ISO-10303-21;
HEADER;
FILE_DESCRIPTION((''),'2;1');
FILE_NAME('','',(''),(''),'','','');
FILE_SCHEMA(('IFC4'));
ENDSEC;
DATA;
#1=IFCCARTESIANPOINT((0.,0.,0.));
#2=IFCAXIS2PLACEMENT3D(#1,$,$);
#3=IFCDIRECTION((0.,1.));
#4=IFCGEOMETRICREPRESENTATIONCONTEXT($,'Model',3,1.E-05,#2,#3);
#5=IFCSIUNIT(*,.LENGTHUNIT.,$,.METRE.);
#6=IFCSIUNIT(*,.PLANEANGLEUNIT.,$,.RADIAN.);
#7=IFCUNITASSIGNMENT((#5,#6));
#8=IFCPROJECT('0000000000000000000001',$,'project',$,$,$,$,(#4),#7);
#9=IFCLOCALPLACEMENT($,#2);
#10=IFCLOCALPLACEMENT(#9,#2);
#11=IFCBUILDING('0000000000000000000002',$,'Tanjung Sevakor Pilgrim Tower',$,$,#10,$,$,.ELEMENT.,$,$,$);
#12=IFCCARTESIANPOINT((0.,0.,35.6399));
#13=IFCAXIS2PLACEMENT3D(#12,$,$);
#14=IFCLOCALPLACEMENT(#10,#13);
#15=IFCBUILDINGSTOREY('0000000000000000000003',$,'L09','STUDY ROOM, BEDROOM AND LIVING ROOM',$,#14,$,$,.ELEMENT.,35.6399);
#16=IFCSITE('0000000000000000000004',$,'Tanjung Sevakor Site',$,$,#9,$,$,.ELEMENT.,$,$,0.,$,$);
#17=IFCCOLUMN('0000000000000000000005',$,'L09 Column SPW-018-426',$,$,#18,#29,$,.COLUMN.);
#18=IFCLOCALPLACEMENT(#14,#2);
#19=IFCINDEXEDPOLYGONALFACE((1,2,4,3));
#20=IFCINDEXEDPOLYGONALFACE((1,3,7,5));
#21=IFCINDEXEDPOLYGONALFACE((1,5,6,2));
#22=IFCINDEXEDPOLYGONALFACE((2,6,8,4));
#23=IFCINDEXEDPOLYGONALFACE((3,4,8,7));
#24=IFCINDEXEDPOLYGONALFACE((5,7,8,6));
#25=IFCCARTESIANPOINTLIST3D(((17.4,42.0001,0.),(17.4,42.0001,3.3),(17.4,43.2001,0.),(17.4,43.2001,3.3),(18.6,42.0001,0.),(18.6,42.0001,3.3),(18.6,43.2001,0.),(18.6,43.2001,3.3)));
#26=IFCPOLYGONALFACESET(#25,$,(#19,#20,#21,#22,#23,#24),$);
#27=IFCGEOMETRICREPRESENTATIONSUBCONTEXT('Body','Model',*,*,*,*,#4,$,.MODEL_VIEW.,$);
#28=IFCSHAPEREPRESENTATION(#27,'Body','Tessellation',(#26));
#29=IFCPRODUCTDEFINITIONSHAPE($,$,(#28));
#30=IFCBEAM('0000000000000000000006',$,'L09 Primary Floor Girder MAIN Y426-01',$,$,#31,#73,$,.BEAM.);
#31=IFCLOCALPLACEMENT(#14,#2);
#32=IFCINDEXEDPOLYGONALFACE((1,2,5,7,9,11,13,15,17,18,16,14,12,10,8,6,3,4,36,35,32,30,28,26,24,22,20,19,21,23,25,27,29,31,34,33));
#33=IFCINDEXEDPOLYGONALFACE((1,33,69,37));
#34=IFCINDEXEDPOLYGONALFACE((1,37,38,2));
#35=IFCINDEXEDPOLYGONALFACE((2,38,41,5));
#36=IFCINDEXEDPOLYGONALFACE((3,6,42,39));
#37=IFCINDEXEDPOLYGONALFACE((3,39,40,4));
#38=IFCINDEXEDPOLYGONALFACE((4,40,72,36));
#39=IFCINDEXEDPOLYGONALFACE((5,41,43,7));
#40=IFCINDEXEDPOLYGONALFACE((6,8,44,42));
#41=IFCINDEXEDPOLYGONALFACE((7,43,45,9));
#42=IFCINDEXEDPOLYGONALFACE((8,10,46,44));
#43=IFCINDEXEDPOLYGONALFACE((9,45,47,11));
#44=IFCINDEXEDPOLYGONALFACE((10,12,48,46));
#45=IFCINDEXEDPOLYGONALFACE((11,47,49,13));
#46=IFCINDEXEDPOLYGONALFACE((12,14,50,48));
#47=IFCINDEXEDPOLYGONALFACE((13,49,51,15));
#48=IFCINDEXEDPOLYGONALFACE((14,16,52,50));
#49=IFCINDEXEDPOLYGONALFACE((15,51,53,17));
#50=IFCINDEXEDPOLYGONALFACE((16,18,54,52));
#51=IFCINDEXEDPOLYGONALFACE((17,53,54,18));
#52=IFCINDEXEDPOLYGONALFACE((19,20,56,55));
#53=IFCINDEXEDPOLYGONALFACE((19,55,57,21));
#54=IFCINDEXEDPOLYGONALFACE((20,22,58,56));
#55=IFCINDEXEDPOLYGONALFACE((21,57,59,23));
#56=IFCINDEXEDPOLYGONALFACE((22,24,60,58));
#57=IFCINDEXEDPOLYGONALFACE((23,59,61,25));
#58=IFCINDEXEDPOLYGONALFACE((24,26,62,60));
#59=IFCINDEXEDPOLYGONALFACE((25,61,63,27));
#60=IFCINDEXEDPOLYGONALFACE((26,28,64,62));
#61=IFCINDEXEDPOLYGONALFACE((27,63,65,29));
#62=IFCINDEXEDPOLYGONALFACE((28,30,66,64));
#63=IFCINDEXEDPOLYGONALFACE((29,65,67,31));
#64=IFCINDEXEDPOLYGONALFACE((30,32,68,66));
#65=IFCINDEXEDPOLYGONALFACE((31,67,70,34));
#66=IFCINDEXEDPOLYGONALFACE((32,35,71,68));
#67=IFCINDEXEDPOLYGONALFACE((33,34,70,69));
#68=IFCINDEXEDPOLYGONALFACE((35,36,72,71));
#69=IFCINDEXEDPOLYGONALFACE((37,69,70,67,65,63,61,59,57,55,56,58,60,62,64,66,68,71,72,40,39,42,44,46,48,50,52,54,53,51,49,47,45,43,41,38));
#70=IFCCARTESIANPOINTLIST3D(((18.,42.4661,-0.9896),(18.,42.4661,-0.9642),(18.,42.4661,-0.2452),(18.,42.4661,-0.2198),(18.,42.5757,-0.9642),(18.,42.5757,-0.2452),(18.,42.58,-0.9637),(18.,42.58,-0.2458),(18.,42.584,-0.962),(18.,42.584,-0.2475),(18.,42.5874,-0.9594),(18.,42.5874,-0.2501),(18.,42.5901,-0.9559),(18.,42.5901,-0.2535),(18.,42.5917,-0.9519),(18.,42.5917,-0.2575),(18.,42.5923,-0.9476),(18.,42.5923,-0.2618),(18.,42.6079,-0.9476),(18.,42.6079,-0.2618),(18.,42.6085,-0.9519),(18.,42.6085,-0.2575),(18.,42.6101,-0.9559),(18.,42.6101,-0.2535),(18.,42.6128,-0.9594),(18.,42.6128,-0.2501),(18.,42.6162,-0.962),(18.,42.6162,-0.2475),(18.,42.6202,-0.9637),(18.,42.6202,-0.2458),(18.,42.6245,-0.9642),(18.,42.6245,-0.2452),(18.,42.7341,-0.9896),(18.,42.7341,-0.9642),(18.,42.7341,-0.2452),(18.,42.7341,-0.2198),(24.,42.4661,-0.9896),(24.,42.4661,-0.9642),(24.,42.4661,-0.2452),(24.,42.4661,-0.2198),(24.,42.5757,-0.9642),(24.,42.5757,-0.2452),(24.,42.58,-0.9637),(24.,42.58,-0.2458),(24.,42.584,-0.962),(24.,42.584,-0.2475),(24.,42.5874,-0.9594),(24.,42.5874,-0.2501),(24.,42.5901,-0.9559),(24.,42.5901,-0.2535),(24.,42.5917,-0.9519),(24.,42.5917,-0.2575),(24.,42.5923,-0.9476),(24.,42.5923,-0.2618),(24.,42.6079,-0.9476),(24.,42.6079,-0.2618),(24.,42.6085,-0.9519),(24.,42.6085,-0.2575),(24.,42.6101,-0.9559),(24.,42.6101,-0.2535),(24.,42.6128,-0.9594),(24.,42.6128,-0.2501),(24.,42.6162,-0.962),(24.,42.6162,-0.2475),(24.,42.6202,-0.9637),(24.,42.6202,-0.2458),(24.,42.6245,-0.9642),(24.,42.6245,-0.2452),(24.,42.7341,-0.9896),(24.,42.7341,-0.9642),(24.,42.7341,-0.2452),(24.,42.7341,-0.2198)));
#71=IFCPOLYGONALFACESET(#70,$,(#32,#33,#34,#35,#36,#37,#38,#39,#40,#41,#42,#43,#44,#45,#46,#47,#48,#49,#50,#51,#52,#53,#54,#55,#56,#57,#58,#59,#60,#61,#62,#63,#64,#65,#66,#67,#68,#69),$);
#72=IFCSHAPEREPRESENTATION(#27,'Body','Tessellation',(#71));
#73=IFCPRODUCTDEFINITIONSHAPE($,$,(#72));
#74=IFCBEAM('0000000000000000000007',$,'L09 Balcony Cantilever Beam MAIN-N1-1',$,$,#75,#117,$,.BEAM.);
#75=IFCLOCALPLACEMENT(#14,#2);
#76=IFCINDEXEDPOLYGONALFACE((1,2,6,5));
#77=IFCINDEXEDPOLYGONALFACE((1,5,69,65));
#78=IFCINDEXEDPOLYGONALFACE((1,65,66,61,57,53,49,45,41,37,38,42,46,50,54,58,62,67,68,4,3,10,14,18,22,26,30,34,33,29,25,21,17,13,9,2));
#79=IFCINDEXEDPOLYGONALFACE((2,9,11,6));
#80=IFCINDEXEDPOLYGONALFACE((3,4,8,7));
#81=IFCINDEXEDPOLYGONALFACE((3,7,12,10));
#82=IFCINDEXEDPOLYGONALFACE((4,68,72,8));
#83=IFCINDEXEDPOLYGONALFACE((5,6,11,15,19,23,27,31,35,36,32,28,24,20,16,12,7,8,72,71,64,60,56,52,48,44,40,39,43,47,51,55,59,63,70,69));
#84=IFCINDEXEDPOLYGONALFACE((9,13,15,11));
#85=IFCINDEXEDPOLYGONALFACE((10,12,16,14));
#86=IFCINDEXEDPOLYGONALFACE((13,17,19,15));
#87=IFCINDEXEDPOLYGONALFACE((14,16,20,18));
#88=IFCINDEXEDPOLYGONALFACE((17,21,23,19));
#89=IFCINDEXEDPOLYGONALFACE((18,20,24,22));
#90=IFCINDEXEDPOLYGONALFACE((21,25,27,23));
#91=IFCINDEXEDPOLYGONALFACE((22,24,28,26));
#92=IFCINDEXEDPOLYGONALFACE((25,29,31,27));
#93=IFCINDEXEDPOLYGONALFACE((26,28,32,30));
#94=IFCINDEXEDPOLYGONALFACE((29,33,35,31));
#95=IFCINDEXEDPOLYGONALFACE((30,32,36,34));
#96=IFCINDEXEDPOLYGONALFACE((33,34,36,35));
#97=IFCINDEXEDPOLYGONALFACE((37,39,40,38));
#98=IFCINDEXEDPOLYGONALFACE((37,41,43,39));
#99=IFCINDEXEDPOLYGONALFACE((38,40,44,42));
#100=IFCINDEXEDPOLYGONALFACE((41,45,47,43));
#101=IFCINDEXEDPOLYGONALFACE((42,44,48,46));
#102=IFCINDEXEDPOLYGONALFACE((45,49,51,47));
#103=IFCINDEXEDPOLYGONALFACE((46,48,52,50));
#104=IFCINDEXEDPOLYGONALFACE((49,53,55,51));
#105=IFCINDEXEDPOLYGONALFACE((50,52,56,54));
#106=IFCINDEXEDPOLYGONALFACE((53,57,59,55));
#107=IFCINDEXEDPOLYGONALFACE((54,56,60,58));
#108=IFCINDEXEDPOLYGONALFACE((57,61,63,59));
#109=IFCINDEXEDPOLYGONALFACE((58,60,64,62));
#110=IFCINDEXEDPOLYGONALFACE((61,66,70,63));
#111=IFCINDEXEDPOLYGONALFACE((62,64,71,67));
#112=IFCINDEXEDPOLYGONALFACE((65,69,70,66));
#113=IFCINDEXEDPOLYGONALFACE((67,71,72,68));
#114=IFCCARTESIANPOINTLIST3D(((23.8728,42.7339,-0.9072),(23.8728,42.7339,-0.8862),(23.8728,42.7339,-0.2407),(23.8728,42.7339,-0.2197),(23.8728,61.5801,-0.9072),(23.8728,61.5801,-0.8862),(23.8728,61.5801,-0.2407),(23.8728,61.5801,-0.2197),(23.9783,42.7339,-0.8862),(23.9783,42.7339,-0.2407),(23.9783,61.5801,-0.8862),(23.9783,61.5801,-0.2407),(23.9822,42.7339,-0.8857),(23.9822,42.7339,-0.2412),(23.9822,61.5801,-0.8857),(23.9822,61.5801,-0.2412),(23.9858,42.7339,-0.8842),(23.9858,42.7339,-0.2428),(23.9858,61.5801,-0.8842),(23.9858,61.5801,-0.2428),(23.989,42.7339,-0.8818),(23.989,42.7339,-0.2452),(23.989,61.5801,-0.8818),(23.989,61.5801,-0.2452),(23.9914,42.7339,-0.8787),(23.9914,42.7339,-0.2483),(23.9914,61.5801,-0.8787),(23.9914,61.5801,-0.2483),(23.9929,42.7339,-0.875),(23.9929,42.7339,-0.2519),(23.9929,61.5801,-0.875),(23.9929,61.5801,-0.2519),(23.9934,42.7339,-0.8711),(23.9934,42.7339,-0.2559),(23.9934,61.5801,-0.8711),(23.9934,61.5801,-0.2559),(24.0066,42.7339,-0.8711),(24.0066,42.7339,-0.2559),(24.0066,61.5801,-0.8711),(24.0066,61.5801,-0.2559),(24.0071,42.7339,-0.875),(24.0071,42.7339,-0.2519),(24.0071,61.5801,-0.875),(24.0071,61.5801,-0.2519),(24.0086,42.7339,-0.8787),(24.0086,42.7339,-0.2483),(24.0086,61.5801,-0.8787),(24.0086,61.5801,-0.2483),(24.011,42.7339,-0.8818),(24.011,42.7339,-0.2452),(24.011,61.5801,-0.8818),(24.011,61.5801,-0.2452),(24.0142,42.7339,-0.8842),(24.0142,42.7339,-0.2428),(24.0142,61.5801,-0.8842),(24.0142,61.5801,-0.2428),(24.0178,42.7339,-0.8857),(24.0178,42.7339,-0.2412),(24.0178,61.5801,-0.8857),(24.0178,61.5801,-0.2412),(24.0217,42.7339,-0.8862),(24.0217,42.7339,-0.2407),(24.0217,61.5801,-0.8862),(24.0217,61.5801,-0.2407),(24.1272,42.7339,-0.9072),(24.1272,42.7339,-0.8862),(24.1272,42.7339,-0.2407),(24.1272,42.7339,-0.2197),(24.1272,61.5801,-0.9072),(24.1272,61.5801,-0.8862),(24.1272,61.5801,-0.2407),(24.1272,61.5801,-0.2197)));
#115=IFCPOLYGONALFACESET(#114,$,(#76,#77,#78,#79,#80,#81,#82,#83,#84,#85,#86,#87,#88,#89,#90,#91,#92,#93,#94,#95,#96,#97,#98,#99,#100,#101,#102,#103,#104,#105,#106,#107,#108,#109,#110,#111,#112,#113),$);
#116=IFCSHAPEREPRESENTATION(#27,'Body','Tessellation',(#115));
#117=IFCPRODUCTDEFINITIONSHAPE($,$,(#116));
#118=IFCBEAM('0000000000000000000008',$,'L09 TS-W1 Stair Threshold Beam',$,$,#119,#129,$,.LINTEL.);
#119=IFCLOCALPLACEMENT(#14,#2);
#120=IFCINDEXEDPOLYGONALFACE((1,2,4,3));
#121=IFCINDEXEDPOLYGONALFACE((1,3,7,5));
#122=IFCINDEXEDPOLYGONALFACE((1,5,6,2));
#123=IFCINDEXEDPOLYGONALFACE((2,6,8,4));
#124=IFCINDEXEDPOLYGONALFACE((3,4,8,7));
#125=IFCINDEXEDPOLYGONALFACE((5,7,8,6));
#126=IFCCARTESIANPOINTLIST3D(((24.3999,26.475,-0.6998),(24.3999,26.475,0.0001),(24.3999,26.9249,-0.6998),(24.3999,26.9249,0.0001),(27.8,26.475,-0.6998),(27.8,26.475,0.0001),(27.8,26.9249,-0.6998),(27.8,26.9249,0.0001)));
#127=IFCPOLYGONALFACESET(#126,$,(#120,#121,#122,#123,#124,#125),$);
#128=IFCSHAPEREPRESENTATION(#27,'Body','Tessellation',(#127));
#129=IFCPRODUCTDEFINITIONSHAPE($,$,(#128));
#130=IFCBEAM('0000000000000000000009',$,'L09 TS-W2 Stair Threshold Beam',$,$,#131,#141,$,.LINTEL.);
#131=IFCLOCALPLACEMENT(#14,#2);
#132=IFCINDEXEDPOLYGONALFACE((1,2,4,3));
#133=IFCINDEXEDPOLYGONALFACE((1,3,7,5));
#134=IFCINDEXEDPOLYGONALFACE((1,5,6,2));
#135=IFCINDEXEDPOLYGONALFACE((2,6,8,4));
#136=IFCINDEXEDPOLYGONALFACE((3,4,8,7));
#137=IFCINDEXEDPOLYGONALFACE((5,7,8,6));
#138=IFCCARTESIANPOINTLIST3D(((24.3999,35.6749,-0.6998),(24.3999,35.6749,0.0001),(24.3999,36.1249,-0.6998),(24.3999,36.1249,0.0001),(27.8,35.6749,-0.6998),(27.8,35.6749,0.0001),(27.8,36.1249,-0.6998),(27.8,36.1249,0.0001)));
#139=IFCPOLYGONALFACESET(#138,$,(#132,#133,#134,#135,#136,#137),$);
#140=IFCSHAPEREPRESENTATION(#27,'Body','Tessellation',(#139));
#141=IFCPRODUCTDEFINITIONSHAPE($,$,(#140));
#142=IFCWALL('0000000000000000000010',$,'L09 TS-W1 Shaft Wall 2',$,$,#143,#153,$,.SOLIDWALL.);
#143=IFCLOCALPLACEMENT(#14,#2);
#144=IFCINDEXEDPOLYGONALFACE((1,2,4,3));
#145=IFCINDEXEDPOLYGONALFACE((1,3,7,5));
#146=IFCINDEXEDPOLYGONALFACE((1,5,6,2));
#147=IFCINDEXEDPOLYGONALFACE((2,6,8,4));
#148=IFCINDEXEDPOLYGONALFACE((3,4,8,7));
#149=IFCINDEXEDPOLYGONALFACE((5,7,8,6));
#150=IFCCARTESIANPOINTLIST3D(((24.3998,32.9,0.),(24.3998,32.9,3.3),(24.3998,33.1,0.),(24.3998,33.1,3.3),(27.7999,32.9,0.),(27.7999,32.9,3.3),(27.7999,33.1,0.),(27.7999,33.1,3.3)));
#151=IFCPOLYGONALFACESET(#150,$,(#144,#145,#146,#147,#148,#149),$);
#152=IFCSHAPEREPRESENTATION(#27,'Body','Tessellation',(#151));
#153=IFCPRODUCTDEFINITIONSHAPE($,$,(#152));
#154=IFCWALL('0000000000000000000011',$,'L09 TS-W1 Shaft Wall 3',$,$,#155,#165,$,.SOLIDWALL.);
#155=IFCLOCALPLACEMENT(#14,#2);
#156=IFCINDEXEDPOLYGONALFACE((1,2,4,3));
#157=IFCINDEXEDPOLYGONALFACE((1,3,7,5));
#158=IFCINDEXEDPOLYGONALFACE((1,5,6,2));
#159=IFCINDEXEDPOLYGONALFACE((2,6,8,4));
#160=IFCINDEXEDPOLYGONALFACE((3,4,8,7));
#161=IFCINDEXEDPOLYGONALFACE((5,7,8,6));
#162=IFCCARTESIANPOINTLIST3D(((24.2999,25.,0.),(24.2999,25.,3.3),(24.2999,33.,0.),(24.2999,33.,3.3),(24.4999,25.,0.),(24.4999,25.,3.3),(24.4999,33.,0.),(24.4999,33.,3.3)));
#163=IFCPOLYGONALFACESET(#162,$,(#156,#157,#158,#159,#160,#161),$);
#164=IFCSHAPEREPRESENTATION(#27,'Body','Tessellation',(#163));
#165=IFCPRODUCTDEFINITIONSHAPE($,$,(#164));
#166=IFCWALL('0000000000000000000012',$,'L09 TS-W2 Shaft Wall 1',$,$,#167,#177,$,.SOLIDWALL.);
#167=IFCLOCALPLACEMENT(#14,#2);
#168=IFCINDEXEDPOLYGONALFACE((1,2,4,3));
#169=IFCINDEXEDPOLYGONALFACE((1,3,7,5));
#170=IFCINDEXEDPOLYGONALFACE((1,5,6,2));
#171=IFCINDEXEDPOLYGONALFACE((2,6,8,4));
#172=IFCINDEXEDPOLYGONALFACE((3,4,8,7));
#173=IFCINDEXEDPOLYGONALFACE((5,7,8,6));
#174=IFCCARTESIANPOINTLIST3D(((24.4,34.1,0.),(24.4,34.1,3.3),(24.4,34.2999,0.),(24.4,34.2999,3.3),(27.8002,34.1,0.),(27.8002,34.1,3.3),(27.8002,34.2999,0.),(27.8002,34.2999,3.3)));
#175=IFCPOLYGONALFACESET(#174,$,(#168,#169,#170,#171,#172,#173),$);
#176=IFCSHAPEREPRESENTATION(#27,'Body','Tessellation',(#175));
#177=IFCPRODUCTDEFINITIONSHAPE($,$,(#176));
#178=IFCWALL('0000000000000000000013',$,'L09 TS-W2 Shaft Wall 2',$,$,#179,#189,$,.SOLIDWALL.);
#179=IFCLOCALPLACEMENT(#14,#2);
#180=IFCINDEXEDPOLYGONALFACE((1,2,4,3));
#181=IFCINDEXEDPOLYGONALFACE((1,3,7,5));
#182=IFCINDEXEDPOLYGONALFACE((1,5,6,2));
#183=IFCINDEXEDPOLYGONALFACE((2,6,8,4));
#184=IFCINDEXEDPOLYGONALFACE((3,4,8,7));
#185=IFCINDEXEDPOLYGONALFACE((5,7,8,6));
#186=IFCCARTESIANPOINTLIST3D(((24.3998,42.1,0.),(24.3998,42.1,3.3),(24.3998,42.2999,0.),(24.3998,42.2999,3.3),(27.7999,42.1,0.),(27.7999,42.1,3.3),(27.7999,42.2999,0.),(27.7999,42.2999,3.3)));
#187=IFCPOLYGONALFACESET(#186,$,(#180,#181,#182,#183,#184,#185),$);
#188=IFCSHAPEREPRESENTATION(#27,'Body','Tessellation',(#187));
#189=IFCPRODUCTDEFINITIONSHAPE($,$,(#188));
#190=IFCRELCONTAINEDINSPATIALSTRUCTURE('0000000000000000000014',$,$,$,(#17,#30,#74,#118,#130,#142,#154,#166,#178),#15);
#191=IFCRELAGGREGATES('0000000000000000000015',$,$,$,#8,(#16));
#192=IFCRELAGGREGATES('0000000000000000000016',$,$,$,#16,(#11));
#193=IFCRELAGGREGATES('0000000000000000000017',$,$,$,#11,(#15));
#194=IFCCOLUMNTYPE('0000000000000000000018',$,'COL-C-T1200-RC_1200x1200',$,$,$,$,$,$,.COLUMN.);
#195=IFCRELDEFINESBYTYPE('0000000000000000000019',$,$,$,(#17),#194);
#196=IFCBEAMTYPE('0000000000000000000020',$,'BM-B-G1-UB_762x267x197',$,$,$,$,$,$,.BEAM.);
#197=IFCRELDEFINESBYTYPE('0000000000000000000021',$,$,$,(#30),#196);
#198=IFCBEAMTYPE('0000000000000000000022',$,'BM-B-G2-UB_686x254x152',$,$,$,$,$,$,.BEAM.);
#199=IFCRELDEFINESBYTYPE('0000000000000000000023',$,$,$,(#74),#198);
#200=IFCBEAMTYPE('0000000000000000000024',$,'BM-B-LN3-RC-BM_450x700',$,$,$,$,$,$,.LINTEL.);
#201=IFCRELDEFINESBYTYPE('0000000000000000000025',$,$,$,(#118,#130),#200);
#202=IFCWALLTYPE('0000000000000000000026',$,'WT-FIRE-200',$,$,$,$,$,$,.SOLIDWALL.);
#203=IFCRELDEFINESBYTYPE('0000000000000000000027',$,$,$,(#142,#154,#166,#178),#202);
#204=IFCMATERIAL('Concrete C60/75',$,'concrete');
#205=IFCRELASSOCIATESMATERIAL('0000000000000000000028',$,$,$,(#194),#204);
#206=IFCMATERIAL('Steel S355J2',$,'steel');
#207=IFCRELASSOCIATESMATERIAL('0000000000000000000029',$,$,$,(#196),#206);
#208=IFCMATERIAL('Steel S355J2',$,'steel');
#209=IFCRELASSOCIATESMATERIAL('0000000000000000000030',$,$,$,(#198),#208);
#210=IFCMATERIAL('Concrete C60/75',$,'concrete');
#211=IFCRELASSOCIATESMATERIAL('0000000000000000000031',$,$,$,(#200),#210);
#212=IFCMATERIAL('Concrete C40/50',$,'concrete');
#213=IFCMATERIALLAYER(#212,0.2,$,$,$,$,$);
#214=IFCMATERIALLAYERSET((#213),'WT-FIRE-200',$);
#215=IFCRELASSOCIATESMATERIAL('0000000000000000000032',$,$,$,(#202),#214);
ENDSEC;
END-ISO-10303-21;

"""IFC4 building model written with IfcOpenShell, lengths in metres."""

from ifc_helpers import new_model, si_unit, direction, frame, frame_2d, origin, origin_2d, place, context, subcontext, project, spatial, rectangle, i_section, extrude, material, layer, layer_set, material_profile, profile_set, type_object, element, save


model = new_model("IFC4")

# Units and contexts
model_context = context("Model", 3, precision=1e-05, world=origin(), true_north=direction((0.0, 1.0)))
body_context = subcontext(model_context, "Body", "Model", "MODEL_VIEW")
ifc_project = project(units=[si_unit("LENGTHUNIT", "METRE"), si_unit("PLANEANGLEUNIT", "RADIAN")], contexts=[model_context])

# Site, building, storey
site_placement = place(None, origin())
site = spatial("IfcSite", under=ifc_project, at=site_placement, Name="Tanjung Sevakor Site", CompositionType="ELEMENT", RefElevation=0.0)
building_placement = place(site_placement, origin())
building = spatial("IfcBuilding", under=site, at=building_placement, Name="Tanjung Sevakor Pilgrim Tower", CompositionType="ELEMENT")
storey_placement = place(building_placement, frame((0.0, 0.0, 35.6399)))
storey = spatial("IfcBuildingStorey", under=building, at=storey_placement, Name="L09", Description="STUDY ROOM, BEDROOM AND LIVING ROOM", CompositionType="ELEMENT", Elevation=35.6399)

# Column
ifc_material_1 = material(Name="Concrete C60/75", Category="concrete")
ifc_material_profile_1 = material_profile(ifc_material_1, rectangle(XDim=1.2, YDim=1.2, at=origin_2d()))
ifc_profile_set_1 = profile_set([ifc_material_profile_1], Name="Concrete C60/75")
column_type = type_object("IfcColumnType", Name="COL-C-T1200-RC_1200x1200", PredefinedType="COLUMN", material=ifc_profile_set_1)
column_placement = place(storey_placement, frame((18.0, 42.6001, 0.0), z_axis=(0.0, 0.0, 1.0), x_axis=(1.0, 0.0, 0.0)))
element("IfcColumn", 1, at=column_placement, inside=storey, type_object=column_type, Name="L09 Column SPW-018-426", PredefinedType="COLUMN", context=body_context, shape_type="SweptSolid", body=[
    extrude(rectangle(XDim=1.2, YDim=1.2, at=origin_2d()), origin(), (0.0, 0.0, 1.0), 3.3),
])

# Beams
ifc_material_2 = material(Name="Steel S355J2", Category="steel")
ifc_material_profile_2 = material_profile(ifc_material_2, i_section(OverallWidth=0.2681, OverallDepth=0.7698, WebThickness=0.0156, FlangeThickness=0.0254, FilletRadius=0.0166, at=origin_2d()))
ifc_profile_set_2 = profile_set([ifc_material_profile_2], Name="Steel S355J2")
beam_type_1 = type_object("IfcBeamType", Name="BM-B-G1-UB_762x267x197", PredefinedType="BEAM", material=ifc_profile_set_2)
beam_1_placement = place(storey_placement, frame((18.0, 42.6001, -0.6047), z_axis=(1.0, 0.0, 0.0), x_axis=(0.0, 1.0, 0.0)))
element("IfcBeam", 2, at=beam_1_placement, inside=storey, type_object=beam_type_1, Name="L09 Primary Floor Girder MAIN Y426-01", PredefinedType="BEAM", context=body_context, shape_type="SweptSolid", body=[
    extrude(i_section(OverallWidth=0.2681, OverallDepth=0.7698, WebThickness=0.0156, FlangeThickness=0.0254, FilletRadius=0.0166, at=origin_2d()), origin(), (0.0, 0.0, 1.0), 6.0),
])
ifc_material_3 = material(Name="Steel S355J2", Category="steel")
ifc_material_profile_3 = material_profile(ifc_material_3, i_section(OverallWidth=0.2544, OverallDepth=0.6875, WebThickness=0.0132, FlangeThickness=0.021, FilletRadius=0.0151, at=origin_2d()))
ifc_profile_set_3 = profile_set([ifc_material_profile_3], Name="Steel S355J2")
beam_type_2 = type_object("IfcBeamType", Name="BM-B-G2-UB_686x254x152", PredefinedType="BEAM", material=ifc_profile_set_3)
beam_2_placement = place(storey_placement, frame((24.0, 42.7339, -0.5635), z_axis=(0.0, 1.0, 0.0), x_axis=(-1.0, 0.0, 0.0)))
element("IfcBeam", 3, at=beam_2_placement, inside=storey, type_object=beam_type_2, Name="L09 Balcony Cantilever Beam MAIN-N1-1", PredefinedType="BEAM", context=body_context, shape_type="SweptSolid", body=[
    extrude(i_section(OverallWidth=0.2544, OverallDepth=0.6875, WebThickness=0.0132, FlangeThickness=0.021, FilletRadius=0.0151, at=origin_2d()), origin(), (0.0, 0.0, 1.0), 18.8462),
])
ifc_material_4 = material(Name="Concrete C60/75", Category="concrete")
ifc_material_profile_4 = material_profile(ifc_material_4, rectangle(XDim=0.45, YDim=0.7, at=origin_2d()))
ifc_profile_set_4 = profile_set([ifc_material_profile_4], Name="Concrete C60/75")
beam_type_3 = type_object("IfcBeamType", Name="BM-B-LN3-RC-BM_450x700", PredefinedType="LINTEL", material=ifc_profile_set_4)
for number, where, z_axis, x_axis, name in (
    (4, (24.3999, 26.7, -0.3499), (1.0, 0.0, 0.0), (0.0, 1.0, 0.0), "L09 TS-W1 Stair Threshold Beam"),
    (5, (24.3999, 35.8999, -0.3499), (1.0, 0.0, 0.0), (0.0, 1.0, 0.0), "L09 TS-W2 Stair Threshold Beam"),
):
    element("IfcBeam", number, at=place(storey_placement, frame(where, z_axis=z_axis, x_axis=x_axis)), inside=storey, type_object=beam_type_3, Name=name, PredefinedType="LINTEL", context=body_context, shape_type="SweptSolid", body=[
        extrude(rectangle(XDim=0.45, YDim=0.7, at=origin_2d()), origin(), (0.0, 0.0, 1.0), 3.4001),
    ])

# Walls
ifc_material_5 = material(Name="Concrete C40/50", Category="concrete")
ifc_layer_1 = layer(ifc_material_5, 0.2)
ifc_layer_set_1 = layer_set([ifc_layer_1], Name="WT-FIRE-200")
wall_type_1 = type_object("IfcWallType", Name="WT-FIRE-200", PredefinedType="SOLIDWALL", material=ifc_layer_set_1)
wall_1_placement = place(storey_placement, frame((27.8, 33.0, 0.0), z_axis=(0.0, 0.0, 1.0), x_axis=(-1.0, 0.0, 0.0)))
element("IfcWall", 6, at=wall_1_placement, inside=storey, type_object=wall_type_1, Name="L09 TS-W1 Shaft Wall 2", PredefinedType="SOLIDWALL", context=body_context, shape_type="SweptSolid", body=[
    extrude(rectangle(XDim=3.4001, YDim=0.2, at=frame_2d((1.7002, 0.0))), origin(), (0.0, 0.0, 1.0), 3.3),
])
wall_2_placement = place(storey_placement, frame((24.3999, 33.0, 0.0), z_axis=(0.0, 0.0, 1.0), x_axis=(0.0, -1.0, 0.0)))
element("IfcWall", 7, at=wall_2_placement, inside=storey, type_object=wall_type_1, Name="L09 TS-W1 Shaft Wall 3", PredefinedType="SOLIDWALL", context=body_context, shape_type="SweptSolid", body=[
    extrude(rectangle(XDim=8.0, YDim=0.2, at=frame_2d((4.0, 0.0))), origin(), (0.0, 0.0, 1.0), 3.3),
])
for number, where, z_axis, x_axis, name in (
    (8, (24.3999, 34.2, 0.0), (0.0, 0.0, 1.0), (1.0, 0.0, 0.0), "L09 TS-W2 Shaft Wall 1"),
    (9, (27.8, 42.2, 0.0), (0.0, 0.0, 1.0), (-1.0, 0.0, 0.0), "L09 TS-W2 Shaft Wall 2"),
):
    element("IfcWall", number, at=place(storey_placement, frame(where, z_axis=z_axis, x_axis=x_axis)), inside=storey, type_object=wall_type_1, Name=name, PredefinedType="SOLIDWALL", context=body_context, shape_type="SweptSolid", body=[
        extrude(rectangle(XDim=3.4001, YDim=0.2, at=frame_2d((1.7002, 0.0))), origin(), (0.0, 0.0, 1.0), 3.3),
    ])

save(model, "model.ifc")
